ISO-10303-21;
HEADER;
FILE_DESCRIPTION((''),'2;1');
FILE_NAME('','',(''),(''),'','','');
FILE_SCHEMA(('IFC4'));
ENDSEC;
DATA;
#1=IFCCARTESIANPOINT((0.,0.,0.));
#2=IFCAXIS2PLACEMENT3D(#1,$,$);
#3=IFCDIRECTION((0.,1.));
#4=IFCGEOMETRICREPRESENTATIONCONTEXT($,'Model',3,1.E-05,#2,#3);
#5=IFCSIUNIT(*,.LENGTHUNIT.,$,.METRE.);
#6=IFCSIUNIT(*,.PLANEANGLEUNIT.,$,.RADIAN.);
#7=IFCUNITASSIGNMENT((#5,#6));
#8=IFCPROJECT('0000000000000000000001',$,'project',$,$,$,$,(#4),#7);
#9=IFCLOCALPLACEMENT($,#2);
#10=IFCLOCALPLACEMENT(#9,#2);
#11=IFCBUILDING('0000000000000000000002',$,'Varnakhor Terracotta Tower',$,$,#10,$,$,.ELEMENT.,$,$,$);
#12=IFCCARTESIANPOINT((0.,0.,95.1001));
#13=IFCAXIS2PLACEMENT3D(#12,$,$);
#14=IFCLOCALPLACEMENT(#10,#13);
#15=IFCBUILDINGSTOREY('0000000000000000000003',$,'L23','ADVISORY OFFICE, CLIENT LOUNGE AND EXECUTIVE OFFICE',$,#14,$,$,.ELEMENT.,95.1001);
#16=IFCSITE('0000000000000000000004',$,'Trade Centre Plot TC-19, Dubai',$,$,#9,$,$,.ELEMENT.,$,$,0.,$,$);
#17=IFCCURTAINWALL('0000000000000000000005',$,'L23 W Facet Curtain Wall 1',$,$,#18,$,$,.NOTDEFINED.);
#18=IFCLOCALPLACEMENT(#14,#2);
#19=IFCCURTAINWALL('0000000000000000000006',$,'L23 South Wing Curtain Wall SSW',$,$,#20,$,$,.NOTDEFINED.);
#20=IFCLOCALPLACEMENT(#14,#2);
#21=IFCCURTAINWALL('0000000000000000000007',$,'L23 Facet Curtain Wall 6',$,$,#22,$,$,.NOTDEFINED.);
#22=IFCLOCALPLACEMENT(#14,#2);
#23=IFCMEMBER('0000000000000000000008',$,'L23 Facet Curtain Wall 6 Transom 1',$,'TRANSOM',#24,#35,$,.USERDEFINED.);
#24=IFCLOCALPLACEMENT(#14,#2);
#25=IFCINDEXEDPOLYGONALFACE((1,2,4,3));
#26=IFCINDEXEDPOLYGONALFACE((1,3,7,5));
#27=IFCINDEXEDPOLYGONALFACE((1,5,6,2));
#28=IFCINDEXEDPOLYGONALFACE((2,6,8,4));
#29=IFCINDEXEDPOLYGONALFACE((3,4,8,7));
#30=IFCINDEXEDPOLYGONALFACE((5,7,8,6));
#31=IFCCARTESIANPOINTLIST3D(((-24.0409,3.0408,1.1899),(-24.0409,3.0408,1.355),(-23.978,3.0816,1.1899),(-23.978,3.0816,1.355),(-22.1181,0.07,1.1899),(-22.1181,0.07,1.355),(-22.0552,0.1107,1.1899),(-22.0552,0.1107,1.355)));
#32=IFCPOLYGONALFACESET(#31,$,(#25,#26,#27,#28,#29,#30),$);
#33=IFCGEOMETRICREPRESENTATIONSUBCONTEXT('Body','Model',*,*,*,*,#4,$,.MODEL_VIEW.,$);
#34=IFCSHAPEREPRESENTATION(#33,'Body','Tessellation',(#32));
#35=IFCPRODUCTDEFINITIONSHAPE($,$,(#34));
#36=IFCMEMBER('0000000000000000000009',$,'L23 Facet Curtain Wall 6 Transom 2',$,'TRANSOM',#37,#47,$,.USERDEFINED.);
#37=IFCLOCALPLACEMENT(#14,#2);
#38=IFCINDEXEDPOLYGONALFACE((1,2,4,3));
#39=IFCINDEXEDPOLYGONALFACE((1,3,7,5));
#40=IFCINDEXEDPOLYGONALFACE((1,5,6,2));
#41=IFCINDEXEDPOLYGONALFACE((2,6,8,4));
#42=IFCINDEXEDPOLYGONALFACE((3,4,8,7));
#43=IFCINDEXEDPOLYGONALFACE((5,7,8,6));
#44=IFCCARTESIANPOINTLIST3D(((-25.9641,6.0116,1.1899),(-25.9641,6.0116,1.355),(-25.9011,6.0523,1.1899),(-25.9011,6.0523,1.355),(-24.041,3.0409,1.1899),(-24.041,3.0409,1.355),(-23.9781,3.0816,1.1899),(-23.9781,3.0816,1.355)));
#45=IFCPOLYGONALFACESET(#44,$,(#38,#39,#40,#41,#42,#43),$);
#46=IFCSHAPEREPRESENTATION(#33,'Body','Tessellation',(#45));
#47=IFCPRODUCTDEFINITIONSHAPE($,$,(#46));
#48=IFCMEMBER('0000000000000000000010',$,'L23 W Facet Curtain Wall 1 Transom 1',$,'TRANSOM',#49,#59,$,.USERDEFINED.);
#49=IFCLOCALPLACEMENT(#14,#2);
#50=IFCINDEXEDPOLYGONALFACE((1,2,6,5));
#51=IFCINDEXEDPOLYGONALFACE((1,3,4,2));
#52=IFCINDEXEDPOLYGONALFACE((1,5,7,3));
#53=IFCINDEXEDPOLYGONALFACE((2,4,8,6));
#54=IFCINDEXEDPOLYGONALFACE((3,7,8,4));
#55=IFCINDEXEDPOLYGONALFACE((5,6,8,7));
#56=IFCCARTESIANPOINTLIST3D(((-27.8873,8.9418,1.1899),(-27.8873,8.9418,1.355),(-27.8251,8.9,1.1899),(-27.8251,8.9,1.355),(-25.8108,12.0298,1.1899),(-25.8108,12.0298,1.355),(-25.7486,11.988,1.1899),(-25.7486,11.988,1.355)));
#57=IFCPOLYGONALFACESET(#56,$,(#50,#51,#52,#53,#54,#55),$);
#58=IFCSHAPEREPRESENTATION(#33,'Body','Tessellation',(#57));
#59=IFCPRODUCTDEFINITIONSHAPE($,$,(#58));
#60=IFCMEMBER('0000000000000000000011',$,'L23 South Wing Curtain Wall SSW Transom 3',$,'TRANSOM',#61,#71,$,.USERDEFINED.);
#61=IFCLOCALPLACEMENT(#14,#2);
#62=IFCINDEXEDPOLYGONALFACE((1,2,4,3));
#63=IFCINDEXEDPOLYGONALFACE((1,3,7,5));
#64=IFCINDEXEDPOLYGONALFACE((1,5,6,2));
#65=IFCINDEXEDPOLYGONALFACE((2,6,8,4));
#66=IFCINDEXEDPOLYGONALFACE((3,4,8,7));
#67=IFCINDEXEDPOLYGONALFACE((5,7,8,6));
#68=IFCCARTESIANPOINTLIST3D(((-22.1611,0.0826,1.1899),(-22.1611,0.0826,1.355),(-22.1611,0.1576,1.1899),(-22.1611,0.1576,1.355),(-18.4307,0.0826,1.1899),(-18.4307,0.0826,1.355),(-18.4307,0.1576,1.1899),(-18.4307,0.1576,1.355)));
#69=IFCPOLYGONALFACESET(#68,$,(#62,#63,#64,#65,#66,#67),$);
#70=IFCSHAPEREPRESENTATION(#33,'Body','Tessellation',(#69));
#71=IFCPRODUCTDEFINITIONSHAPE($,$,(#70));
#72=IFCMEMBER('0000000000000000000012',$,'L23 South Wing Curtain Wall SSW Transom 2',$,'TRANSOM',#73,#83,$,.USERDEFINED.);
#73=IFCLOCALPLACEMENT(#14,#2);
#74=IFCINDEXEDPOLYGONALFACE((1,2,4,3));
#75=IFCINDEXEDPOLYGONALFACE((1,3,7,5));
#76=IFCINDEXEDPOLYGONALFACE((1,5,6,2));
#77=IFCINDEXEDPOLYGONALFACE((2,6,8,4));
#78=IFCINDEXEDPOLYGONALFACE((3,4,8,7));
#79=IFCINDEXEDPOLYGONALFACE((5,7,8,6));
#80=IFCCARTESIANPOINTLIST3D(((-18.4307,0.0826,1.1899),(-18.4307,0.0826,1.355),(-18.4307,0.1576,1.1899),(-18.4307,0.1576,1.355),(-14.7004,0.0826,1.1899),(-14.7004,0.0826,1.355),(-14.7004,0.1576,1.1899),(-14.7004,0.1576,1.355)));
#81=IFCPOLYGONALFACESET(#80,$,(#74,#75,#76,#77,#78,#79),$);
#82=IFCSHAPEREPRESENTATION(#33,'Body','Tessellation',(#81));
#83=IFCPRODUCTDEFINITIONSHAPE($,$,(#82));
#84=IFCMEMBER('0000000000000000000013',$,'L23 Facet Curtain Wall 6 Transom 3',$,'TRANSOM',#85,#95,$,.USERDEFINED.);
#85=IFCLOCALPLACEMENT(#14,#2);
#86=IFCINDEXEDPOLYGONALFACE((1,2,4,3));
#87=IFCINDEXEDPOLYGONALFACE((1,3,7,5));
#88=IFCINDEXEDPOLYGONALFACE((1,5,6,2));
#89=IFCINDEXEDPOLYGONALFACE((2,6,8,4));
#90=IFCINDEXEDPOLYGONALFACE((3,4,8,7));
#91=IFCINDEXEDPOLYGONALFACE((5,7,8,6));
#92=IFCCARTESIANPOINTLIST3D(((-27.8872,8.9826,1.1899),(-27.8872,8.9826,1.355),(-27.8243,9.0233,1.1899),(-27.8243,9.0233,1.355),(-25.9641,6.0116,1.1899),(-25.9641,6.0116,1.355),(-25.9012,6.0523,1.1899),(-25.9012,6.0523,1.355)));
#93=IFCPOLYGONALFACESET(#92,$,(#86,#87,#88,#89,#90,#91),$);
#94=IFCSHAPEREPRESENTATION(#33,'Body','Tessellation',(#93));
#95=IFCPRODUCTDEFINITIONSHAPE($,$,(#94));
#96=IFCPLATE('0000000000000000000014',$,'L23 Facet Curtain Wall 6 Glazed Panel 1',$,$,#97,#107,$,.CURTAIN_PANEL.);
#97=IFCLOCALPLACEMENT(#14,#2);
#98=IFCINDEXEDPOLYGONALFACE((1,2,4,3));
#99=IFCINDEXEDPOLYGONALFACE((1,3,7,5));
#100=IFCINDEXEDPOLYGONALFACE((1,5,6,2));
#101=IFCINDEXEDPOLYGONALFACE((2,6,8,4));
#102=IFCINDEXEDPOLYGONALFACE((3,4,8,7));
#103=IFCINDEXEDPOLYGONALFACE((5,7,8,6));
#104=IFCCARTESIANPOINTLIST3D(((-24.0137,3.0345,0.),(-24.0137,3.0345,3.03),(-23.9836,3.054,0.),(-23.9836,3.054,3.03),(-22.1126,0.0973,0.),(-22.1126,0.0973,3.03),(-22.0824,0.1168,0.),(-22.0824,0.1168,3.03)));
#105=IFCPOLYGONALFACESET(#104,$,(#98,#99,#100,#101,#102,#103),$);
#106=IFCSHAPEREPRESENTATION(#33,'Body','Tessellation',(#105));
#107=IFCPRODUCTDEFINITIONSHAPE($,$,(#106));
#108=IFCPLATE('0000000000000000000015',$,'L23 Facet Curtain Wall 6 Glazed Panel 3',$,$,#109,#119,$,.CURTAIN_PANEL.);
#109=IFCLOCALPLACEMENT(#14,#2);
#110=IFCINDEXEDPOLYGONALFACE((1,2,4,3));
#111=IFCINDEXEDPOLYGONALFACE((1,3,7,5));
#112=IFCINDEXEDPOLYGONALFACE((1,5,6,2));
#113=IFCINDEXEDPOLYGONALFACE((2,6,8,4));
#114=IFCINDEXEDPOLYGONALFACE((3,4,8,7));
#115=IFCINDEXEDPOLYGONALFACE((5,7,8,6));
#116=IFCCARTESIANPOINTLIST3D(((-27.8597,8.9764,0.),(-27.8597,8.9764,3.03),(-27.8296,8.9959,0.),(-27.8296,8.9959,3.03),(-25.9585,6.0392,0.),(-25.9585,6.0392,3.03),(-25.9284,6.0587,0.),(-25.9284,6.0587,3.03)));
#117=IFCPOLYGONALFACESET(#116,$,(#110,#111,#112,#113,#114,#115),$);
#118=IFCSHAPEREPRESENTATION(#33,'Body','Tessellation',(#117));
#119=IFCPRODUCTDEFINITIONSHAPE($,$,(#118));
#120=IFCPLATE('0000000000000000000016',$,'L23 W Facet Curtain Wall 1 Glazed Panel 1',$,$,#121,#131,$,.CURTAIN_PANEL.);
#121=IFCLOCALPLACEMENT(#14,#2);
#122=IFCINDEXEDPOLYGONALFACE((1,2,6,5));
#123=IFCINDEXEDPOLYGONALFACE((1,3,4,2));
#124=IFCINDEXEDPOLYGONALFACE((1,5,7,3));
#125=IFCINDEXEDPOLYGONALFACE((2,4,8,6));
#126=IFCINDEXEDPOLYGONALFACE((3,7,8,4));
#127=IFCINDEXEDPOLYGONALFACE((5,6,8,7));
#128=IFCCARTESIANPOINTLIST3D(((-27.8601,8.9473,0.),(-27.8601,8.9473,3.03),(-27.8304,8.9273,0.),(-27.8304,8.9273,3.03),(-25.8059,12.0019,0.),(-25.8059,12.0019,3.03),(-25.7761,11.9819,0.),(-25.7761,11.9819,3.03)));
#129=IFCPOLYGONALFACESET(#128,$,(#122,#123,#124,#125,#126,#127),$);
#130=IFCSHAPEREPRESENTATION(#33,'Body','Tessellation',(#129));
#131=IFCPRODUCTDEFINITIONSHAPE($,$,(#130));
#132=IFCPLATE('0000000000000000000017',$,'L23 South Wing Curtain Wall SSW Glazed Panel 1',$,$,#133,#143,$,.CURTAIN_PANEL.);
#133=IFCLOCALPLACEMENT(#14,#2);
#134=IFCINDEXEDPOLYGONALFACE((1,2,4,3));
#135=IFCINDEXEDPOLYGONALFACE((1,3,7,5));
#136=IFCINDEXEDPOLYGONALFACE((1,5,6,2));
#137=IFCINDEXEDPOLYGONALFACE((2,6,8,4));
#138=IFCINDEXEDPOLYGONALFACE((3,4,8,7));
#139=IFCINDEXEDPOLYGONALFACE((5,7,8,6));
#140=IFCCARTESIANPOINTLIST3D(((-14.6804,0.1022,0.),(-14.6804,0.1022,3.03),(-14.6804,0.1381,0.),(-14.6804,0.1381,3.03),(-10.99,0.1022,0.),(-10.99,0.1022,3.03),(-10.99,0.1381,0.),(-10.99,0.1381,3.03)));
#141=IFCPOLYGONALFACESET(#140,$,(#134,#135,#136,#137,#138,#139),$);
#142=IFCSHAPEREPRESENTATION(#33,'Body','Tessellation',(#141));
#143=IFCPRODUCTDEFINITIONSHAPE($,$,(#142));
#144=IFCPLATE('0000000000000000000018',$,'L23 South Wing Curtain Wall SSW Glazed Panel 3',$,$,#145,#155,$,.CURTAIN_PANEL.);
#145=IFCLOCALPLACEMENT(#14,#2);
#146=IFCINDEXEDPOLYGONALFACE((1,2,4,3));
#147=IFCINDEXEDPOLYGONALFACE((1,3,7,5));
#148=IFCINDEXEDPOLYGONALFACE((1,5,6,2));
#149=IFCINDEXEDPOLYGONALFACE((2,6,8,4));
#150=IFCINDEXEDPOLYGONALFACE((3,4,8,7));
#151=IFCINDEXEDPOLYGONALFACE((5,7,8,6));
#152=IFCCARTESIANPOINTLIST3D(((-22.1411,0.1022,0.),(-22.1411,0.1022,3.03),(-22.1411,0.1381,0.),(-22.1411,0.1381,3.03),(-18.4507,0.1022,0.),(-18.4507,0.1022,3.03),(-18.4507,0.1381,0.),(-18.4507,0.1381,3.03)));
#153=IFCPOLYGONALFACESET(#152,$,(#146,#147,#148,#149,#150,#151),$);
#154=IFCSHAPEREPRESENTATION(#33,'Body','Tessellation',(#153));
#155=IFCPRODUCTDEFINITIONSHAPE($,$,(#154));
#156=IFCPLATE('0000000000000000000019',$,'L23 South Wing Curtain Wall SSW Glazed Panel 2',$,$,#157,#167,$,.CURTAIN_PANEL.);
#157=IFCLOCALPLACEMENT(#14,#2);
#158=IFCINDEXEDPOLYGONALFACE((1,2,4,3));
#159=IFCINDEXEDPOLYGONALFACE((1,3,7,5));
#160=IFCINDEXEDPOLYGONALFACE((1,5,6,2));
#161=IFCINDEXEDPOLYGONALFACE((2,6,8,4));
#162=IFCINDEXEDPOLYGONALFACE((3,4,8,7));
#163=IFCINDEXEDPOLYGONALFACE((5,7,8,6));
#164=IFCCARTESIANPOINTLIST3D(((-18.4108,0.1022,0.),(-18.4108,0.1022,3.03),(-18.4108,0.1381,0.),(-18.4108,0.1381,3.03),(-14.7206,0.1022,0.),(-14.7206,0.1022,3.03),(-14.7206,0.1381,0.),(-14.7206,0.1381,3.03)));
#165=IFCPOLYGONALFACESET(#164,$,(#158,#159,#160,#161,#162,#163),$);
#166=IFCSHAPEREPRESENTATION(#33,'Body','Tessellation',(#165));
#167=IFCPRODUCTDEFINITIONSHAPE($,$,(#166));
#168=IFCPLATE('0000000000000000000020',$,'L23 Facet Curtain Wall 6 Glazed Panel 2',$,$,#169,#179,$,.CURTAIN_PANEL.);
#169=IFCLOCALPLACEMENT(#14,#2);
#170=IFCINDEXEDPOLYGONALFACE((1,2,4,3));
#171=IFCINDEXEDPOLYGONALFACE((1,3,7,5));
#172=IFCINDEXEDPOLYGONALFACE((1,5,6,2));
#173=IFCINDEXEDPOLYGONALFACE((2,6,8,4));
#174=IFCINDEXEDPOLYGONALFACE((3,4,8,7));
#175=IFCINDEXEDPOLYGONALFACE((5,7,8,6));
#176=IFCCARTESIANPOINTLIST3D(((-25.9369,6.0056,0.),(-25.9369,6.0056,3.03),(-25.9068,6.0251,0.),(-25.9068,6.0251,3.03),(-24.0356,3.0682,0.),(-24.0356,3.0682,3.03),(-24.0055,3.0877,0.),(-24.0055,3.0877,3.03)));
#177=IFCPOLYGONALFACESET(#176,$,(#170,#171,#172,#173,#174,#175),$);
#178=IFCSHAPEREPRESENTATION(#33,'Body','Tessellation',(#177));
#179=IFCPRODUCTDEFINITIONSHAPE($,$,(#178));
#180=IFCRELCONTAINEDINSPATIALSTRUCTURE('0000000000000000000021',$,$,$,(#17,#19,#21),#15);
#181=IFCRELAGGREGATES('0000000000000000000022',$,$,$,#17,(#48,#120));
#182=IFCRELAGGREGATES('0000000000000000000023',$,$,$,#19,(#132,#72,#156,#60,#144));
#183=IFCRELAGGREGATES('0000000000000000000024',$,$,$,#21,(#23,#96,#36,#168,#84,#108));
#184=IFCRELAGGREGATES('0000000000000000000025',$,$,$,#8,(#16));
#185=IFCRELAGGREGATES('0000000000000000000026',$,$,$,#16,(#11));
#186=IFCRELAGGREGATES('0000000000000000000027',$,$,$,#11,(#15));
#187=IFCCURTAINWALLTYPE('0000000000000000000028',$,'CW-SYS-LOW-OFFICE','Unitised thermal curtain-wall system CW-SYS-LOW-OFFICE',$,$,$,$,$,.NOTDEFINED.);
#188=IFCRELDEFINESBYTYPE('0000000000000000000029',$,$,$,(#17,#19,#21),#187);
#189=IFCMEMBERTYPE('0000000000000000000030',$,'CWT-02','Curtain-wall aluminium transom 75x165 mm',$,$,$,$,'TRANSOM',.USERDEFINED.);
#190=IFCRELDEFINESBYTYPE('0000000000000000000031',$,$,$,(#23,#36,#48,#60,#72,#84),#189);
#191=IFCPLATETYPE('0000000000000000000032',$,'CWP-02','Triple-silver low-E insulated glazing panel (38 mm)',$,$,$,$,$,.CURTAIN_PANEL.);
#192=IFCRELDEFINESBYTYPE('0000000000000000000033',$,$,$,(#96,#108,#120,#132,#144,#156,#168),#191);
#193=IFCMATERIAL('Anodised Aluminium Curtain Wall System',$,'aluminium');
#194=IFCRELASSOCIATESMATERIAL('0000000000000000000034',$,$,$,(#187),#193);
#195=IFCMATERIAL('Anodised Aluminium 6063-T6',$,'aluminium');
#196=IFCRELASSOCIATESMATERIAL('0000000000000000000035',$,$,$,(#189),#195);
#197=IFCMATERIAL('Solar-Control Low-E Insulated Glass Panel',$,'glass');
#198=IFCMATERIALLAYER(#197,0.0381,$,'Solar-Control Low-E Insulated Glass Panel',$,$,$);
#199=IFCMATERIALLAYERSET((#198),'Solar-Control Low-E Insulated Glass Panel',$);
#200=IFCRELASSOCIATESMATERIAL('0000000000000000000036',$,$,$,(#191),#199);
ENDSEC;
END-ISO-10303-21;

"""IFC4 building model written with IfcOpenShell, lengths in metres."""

from ifc_helpers import new_model, si_unit, direction, frame, origin, origin_2d, place, context, subcontext, project, spatial, rectangle, extrude, source, transform, mapped, material, layer, layer_set, material_profile, profile_set, type_object, element, aggregate, save


model = new_model("IFC4")

# Units and contexts
model_context = context("Model", 3, precision=1e-05, world=origin(), true_north=direction((0.0, 1.0)))
body_context = subcontext(model_context, "Body", "Model", "MODEL_VIEW")
ifc_project = project(units=[si_unit("LENGTHUNIT", "METRE"), si_unit("PLANEANGLEUNIT", "RADIAN")], contexts=[model_context])

# Site, building, storey
site_placement = place(None, origin())
site = spatial("IfcSite", under=ifc_project, at=site_placement, Name="Trade Centre Plot TC-19, Dubai", CompositionType="ELEMENT", RefElevation=0.0)
building_placement = place(site_placement, origin())
building = spatial("IfcBuilding", under=site, at=building_placement, Name="Varnakhor Terracotta Tower", CompositionType="ELEMENT")
storey_placement = place(building_placement, frame((0.0, 0.0, 95.1001)))
storey = spatial("IfcBuildingStorey", under=building, at=storey_placement, Name="L23", Description="ADVISORY OFFICE, CLIENT LOUNGE AND EXECUTIVE OFFICE", CompositionType="ELEMENT", Elevation=95.1001)

# Curtain wall
ifc_material_1 = material(Name="Anodised Aluminium Curtain Wall System", Category="aluminium")
curtain_wall_type = type_object("IfcCurtainWallType", Name="CW-SYS-LOW-OFFICE", Description="Unitised thermal curtain-wall system CW-SYS-LOW-OFFICE", PredefinedType="NOTDEFINED", material=ifc_material_1)
curtain_wall_1_placement = place(storey_placement, origin())
curtain_wall_1 = element("IfcCurtainWall", 1, at=curtain_wall_1_placement, inside=storey, type_object=curtain_wall_type, Name="L23 W Facet Curtain Wall 1", PredefinedType="NOTDEFINED")
ifc_material_2 = material(Name="Anodised Aluminium 6063-T6", Category="aluminium")

# Curtain walls, members
curtain_wall_2_placement = place(storey_placement, origin())
curtain_wall_2 = element("IfcCurtainWall", 2, at=curtain_wall_2_placement, inside=storey, type_object=curtain_wall_type, Name="L23 South Wing Curtain Wall SSW", PredefinedType="NOTDEFINED")
curtain_wall_3_placement = place(storey_placement, origin())
curtain_wall_3 = element("IfcCurtainWall", 3, at=curtain_wall_3_placement, inside=storey, type_object=curtain_wall_type, Name="L23 Facet Curtain Wall 6", PredefinedType="NOTDEFINED")
ifc_material_profile_1 = material_profile(ifc_material_2, rectangle(XDim=0.075, YDim=0.165, at=origin_2d()), Name="ALU TRANSOM 75x165")
ifc_profile_set_1 = profile_set([ifc_material_profile_1], Name="Anodised Aluminium 6063-T6")
member_type_1 = type_object("IfcMemberType", Name="CWT-02", Description="Curtain-wall aluminium transom 75x165 mm", ElementType="TRANSOM", PredefinedType="USERDEFINED", material=ifc_profile_set_1)
shared_shape_1 = source(origin(), body_context, "Body", "SweptSolid", [
    extrude(rectangle(XDim=0.075, YDim=0.165, at=origin_2d()), origin(), (0.0, 0.0, 1.0), 3.5388),
])
member_1_placement = place(storey_placement, frame((-22.0867, 0.0903, 1.2725), z_axis=(-0.543346, 0.839509, 0.0), x_axis=(-0.839509, -0.543346, 0.0)))
member_1 = element("IfcMember", 4, at=member_1_placement, type_object=member_type_1, Name="L23 Facet Curtain Wall 6 Transom 1", ObjectType="TRANSOM", PredefinedType="USERDEFINED", context=body_context, shape_type="MappedRepresentation", body=[
    mapped(shared_shape_1, transform((0.0, 0.0, 0.0), scale=1.0)),
])
member_2_placement = place(storey_placement, frame((-24.0095, 3.0613, 1.2725), z_axis=(-0.543426, 0.839457, 0.0), x_axis=(-0.839457, -0.543426, 0.0)))
member_2 = element("IfcMember", 5, at=member_2_placement, type_object=member_type_1, Name="L23 Facet Curtain Wall 6 Transom 2", ObjectType="TRANSOM", PredefinedType="USERDEFINED", context=body_context, shape_type="MappedRepresentation", body=[
    mapped(shared_shape_1, transform((0.0, 0.0, 0.0), scale=1.0)),
])

# Members
shared_shape_2 = source(origin(), body_context, "Body", "SweptSolid", [
    extrude(rectangle(XDim=0.075, YDim=0.165, at=origin_2d()), origin(), (0.0, 0.0, 1.0), 3.7212),
])
member_3_placement = place(storey_placement, frame((-27.8562, 8.9209, 1.2725), z_axis=(0.558012, 0.829833, 0.0), x_axis=(-0.829833, 0.558012, 0.0)))
member_3 = element("IfcMember", 6, at=member_3_placement, type_object=member_type_1, Name="L23 W Facet Curtain Wall 1 Transom 1", ObjectType="TRANSOM", PredefinedType="USERDEFINED", context=body_context, shape_type="MappedRepresentation", body=[
    mapped(shared_shape_2, transform((0.0, 0.0, 0.0), scale=1.0)),
])
shared_shape_3 = source(origin(), body_context, "Body", "SweptSolid", [
    extrude(rectangle(XDim=0.075, YDim=0.165, at=origin_2d()), origin(), (0.0, 0.0, 1.0), 3.7305),
])
member_4_placement = place(storey_placement, frame((-18.4307, 0.1201, 1.2725), z_axis=(-1.0, 0.0, 0.0), x_axis=(0.0, -1.0, 0.0)))
member_4 = element("IfcMember", 7, at=member_4_placement, type_object=member_type_1, Name="L23 South Wing Curtain Wall SSW Transom 3", ObjectType="TRANSOM", PredefinedType="USERDEFINED", context=body_context, shape_type="MappedRepresentation", body=[
    mapped(shared_shape_3, transform((0.0, 0.0, 0.0), scale=1.0)),
])
shared_shape_4 = source(origin(), body_context, "Body", "SweptSolid", [
    extrude(rectangle(XDim=0.075, YDim=0.165, at=origin_2d()), origin(), (0.0, 0.0, 1.0), 3.7302),
])
member_5_placement = place(storey_placement, frame((-14.7004, 0.1201, 1.2725), z_axis=(-1.0, 0.0, 0.0), x_axis=(0.0, -1.0, 0.0)))
member_5 = element("IfcMember", 8, at=member_5_placement, type_object=member_type_1, Name="L23 South Wing Curtain Wall SSW Transom 2", ObjectType="TRANSOM", PredefinedType="USERDEFINED", context=body_context, shape_type="MappedRepresentation", body=[
    mapped(shared_shape_4, transform((0.0, 0.0, 0.0), scale=1.0)),
])
shared_shape_5 = source(origin(), body_context, "Body", "SweptSolid", [
    extrude(rectangle(XDim=0.075, YDim=0.165, at=origin_2d()), origin(), (0.0, 0.0, 1.0), 3.5391),
])
member_6_placement = place(storey_placement, frame((-25.9326, 6.032, 1.2725), z_axis=(-0.543394, 0.839478, 0.0), x_axis=(-0.839478, -0.543394, 0.0)))
member_6 = element("IfcMember", 9, at=member_6_placement, type_object=member_type_1, Name="L23 Facet Curtain Wall 6 Transom 3", ObjectType="TRANSOM", PredefinedType="USERDEFINED", context=body_context, shape_type="MappedRepresentation", body=[
    mapped(shared_shape_5, transform((0.0, 0.0, 0.0), scale=1.0)),
])

# Plates
ifc_material_3 = material(Name="Solar-Control Low-E Insulated Glass Panel", Category="glass")
ifc_layer_1 = layer(ifc_material_3, 0.0381, Name="Solar-Control Low-E Insulated Glass Panel")
ifc_layer_set_1 = layer_set([ifc_layer_1], Name="Solar-Control Low-E Insulated Glass Panel")
plate_type = type_object("IfcPlateType", Name="CWP-02", Description="Triple-silver low-E insulated glazing panel (38 mm)", PredefinedType="CURTAIN_PANEL", material=ifc_layer_set_1)
shared_shape_6 = source(origin(), body_context, "Body", "SweptSolid", [
    extrude(rectangle(XDim=3.4988, YDim=0.0359, at=origin_2d()), origin(), (0.0, 0.0, 1.0), 3.03),
])
plate_1_placement = place(storey_placement, frame((-23.0481, 1.5757, 0.0), z_axis=(0.0, 0.0, 1.0), x_axis=(-0.54338, 0.839487, 0.0)))
plate_1 = element("IfcPlate", 10, at=plate_1_placement, type_object=plate_type, Name="L23 Facet Curtain Wall 6 Glazed Panel 1", PredefinedType="CURTAIN_PANEL", context=body_context, shape_type="MappedRepresentation", body=[
    mapped(shared_shape_6, transform((0.0, 0.0, 0.0), scale=1.0)),
])
plate_2_placement = place(storey_placement, frame((-26.894, 7.5176, 0.0), z_axis=(0.0, 0.0, 1.0), x_axis=(-0.54338, 0.839487, 0.0)))
plate_2 = element("IfcPlate", 11, at=plate_2_placement, type_object=plate_type, Name="L23 Facet Curtain Wall 6 Glazed Panel 3", PredefinedType="CURTAIN_PANEL", context=body_context, shape_type="MappedRepresentation", body=[
    mapped(shared_shape_6, transform((0.0, 0.0, 0.0), scale=1.0)),
])
shared_shape_7 = source(origin(), body_context, "Body", "SweptSolid", [
    extrude(rectangle(XDim=3.6812, YDim=0.0359, at=origin_2d()), origin(), (0.0, 0.0, 1.0), 3.03),
])
plate_3_placement = place(storey_placement, frame((-26.8181, 10.4646, 0.0), z_axis=(0.0, 0.0, 1.0), x_axis=(0.558049, 0.829808, 0.0)))
plate_3 = element("IfcPlate", 12, at=plate_3_placement, type_object=plate_type, Name="L23 W Facet Curtain Wall 1 Glazed Panel 1", PredefinedType="CURTAIN_PANEL", context=body_context, shape_type="MappedRepresentation", body=[
    mapped(shared_shape_7, transform((0.0, 0.0, 0.0), scale=1.0)),
])
aggregate(curtain_wall_1, [member_3, plate_3])
shared_shape_8 = source(origin(), body_context, "Body", "SweptSolid", [
    extrude(rectangle(XDim=3.6904, YDim=0.0359, at=origin_2d()), origin(), (0.0, 0.0, 1.0), 3.03),
])
plate_4_placement = place(storey_placement, frame((-12.8352, 0.1201, 0.0), z_axis=(0.0, 0.0, 1.0), x_axis=(-1.0, 0.0, 0.0)))
plate_4 = element("IfcPlate", 13, at=plate_4_placement, type_object=plate_type, Name="L23 South Wing Curtain Wall SSW Glazed Panel 1", PredefinedType="CURTAIN_PANEL", context=body_context, shape_type="MappedRepresentation", body=[
    mapped(shared_shape_8, transform((0.0, 0.0, 0.0), scale=1.0)),
])
plate_5_placement = place(storey_placement, frame((-20.2959, 0.1201, 0.0), z_axis=(0.0, 0.0, 1.0), x_axis=(-1.0, 0.0, 0.0)))
plate_5 = element("IfcPlate", 14, at=plate_5_placement, type_object=plate_type, Name="L23 South Wing Curtain Wall SSW Glazed Panel 3", PredefinedType="CURTAIN_PANEL", context=body_context, shape_type="MappedRepresentation", body=[
    mapped(shared_shape_8, transform((0.0, 0.0, 0.0), scale=1.0)),
])
shared_shape_9 = source(origin(), body_context, "Body", "SweptSolid", [
    extrude(rectangle(XDim=3.6902, YDim=0.0359, at=origin_2d()), origin(), (0.0, 0.0, 1.0), 3.03),
])
plate_6_placement = place(storey_placement, frame((-16.5657, 0.1201, 0.0), z_axis=(0.0, 0.0, 1.0), x_axis=(-1.0, 0.0, 0.0)))
plate_6 = element("IfcPlate", 15, at=plate_6_placement, type_object=plate_type, Name="L23 South Wing Curtain Wall SSW Glazed Panel 2", PredefinedType="CURTAIN_PANEL", context=body_context, shape_type="MappedRepresentation", body=[
    mapped(shared_shape_9, transform((0.0, 0.0, 0.0), scale=1.0)),
])
aggregate(curtain_wall_2, [plate_4, member_5, plate_6, member_4, plate_5])
shared_shape_10 = source(origin(), body_context, "Body", "SweptSolid", [
    extrude(rectangle(XDim=3.499, YDim=0.0359, at=origin_2d()), origin(), (0.0, 0.0, 1.0), 3.03),
])
plate_7_placement = place(storey_placement, frame((-24.9712, 4.5466, 0.0), z_axis=(0.0, 0.0, 1.0), x_axis=(-0.54338, 0.839487, 0.0)))
plate_7 = element("IfcPlate", 16, at=plate_7_placement, type_object=plate_type, Name="L23 Facet Curtain Wall 6 Glazed Panel 2", PredefinedType="CURTAIN_PANEL", context=body_context, shape_type="MappedRepresentation", body=[
    mapped(shared_shape_10, transform((0.0, 0.0, 0.0), scale=1.0)),
])
aggregate(curtain_wall_3, [member_1, plate_1, member_2, plate_7, member_6, plate_2])

save(model, "model.ifc")
